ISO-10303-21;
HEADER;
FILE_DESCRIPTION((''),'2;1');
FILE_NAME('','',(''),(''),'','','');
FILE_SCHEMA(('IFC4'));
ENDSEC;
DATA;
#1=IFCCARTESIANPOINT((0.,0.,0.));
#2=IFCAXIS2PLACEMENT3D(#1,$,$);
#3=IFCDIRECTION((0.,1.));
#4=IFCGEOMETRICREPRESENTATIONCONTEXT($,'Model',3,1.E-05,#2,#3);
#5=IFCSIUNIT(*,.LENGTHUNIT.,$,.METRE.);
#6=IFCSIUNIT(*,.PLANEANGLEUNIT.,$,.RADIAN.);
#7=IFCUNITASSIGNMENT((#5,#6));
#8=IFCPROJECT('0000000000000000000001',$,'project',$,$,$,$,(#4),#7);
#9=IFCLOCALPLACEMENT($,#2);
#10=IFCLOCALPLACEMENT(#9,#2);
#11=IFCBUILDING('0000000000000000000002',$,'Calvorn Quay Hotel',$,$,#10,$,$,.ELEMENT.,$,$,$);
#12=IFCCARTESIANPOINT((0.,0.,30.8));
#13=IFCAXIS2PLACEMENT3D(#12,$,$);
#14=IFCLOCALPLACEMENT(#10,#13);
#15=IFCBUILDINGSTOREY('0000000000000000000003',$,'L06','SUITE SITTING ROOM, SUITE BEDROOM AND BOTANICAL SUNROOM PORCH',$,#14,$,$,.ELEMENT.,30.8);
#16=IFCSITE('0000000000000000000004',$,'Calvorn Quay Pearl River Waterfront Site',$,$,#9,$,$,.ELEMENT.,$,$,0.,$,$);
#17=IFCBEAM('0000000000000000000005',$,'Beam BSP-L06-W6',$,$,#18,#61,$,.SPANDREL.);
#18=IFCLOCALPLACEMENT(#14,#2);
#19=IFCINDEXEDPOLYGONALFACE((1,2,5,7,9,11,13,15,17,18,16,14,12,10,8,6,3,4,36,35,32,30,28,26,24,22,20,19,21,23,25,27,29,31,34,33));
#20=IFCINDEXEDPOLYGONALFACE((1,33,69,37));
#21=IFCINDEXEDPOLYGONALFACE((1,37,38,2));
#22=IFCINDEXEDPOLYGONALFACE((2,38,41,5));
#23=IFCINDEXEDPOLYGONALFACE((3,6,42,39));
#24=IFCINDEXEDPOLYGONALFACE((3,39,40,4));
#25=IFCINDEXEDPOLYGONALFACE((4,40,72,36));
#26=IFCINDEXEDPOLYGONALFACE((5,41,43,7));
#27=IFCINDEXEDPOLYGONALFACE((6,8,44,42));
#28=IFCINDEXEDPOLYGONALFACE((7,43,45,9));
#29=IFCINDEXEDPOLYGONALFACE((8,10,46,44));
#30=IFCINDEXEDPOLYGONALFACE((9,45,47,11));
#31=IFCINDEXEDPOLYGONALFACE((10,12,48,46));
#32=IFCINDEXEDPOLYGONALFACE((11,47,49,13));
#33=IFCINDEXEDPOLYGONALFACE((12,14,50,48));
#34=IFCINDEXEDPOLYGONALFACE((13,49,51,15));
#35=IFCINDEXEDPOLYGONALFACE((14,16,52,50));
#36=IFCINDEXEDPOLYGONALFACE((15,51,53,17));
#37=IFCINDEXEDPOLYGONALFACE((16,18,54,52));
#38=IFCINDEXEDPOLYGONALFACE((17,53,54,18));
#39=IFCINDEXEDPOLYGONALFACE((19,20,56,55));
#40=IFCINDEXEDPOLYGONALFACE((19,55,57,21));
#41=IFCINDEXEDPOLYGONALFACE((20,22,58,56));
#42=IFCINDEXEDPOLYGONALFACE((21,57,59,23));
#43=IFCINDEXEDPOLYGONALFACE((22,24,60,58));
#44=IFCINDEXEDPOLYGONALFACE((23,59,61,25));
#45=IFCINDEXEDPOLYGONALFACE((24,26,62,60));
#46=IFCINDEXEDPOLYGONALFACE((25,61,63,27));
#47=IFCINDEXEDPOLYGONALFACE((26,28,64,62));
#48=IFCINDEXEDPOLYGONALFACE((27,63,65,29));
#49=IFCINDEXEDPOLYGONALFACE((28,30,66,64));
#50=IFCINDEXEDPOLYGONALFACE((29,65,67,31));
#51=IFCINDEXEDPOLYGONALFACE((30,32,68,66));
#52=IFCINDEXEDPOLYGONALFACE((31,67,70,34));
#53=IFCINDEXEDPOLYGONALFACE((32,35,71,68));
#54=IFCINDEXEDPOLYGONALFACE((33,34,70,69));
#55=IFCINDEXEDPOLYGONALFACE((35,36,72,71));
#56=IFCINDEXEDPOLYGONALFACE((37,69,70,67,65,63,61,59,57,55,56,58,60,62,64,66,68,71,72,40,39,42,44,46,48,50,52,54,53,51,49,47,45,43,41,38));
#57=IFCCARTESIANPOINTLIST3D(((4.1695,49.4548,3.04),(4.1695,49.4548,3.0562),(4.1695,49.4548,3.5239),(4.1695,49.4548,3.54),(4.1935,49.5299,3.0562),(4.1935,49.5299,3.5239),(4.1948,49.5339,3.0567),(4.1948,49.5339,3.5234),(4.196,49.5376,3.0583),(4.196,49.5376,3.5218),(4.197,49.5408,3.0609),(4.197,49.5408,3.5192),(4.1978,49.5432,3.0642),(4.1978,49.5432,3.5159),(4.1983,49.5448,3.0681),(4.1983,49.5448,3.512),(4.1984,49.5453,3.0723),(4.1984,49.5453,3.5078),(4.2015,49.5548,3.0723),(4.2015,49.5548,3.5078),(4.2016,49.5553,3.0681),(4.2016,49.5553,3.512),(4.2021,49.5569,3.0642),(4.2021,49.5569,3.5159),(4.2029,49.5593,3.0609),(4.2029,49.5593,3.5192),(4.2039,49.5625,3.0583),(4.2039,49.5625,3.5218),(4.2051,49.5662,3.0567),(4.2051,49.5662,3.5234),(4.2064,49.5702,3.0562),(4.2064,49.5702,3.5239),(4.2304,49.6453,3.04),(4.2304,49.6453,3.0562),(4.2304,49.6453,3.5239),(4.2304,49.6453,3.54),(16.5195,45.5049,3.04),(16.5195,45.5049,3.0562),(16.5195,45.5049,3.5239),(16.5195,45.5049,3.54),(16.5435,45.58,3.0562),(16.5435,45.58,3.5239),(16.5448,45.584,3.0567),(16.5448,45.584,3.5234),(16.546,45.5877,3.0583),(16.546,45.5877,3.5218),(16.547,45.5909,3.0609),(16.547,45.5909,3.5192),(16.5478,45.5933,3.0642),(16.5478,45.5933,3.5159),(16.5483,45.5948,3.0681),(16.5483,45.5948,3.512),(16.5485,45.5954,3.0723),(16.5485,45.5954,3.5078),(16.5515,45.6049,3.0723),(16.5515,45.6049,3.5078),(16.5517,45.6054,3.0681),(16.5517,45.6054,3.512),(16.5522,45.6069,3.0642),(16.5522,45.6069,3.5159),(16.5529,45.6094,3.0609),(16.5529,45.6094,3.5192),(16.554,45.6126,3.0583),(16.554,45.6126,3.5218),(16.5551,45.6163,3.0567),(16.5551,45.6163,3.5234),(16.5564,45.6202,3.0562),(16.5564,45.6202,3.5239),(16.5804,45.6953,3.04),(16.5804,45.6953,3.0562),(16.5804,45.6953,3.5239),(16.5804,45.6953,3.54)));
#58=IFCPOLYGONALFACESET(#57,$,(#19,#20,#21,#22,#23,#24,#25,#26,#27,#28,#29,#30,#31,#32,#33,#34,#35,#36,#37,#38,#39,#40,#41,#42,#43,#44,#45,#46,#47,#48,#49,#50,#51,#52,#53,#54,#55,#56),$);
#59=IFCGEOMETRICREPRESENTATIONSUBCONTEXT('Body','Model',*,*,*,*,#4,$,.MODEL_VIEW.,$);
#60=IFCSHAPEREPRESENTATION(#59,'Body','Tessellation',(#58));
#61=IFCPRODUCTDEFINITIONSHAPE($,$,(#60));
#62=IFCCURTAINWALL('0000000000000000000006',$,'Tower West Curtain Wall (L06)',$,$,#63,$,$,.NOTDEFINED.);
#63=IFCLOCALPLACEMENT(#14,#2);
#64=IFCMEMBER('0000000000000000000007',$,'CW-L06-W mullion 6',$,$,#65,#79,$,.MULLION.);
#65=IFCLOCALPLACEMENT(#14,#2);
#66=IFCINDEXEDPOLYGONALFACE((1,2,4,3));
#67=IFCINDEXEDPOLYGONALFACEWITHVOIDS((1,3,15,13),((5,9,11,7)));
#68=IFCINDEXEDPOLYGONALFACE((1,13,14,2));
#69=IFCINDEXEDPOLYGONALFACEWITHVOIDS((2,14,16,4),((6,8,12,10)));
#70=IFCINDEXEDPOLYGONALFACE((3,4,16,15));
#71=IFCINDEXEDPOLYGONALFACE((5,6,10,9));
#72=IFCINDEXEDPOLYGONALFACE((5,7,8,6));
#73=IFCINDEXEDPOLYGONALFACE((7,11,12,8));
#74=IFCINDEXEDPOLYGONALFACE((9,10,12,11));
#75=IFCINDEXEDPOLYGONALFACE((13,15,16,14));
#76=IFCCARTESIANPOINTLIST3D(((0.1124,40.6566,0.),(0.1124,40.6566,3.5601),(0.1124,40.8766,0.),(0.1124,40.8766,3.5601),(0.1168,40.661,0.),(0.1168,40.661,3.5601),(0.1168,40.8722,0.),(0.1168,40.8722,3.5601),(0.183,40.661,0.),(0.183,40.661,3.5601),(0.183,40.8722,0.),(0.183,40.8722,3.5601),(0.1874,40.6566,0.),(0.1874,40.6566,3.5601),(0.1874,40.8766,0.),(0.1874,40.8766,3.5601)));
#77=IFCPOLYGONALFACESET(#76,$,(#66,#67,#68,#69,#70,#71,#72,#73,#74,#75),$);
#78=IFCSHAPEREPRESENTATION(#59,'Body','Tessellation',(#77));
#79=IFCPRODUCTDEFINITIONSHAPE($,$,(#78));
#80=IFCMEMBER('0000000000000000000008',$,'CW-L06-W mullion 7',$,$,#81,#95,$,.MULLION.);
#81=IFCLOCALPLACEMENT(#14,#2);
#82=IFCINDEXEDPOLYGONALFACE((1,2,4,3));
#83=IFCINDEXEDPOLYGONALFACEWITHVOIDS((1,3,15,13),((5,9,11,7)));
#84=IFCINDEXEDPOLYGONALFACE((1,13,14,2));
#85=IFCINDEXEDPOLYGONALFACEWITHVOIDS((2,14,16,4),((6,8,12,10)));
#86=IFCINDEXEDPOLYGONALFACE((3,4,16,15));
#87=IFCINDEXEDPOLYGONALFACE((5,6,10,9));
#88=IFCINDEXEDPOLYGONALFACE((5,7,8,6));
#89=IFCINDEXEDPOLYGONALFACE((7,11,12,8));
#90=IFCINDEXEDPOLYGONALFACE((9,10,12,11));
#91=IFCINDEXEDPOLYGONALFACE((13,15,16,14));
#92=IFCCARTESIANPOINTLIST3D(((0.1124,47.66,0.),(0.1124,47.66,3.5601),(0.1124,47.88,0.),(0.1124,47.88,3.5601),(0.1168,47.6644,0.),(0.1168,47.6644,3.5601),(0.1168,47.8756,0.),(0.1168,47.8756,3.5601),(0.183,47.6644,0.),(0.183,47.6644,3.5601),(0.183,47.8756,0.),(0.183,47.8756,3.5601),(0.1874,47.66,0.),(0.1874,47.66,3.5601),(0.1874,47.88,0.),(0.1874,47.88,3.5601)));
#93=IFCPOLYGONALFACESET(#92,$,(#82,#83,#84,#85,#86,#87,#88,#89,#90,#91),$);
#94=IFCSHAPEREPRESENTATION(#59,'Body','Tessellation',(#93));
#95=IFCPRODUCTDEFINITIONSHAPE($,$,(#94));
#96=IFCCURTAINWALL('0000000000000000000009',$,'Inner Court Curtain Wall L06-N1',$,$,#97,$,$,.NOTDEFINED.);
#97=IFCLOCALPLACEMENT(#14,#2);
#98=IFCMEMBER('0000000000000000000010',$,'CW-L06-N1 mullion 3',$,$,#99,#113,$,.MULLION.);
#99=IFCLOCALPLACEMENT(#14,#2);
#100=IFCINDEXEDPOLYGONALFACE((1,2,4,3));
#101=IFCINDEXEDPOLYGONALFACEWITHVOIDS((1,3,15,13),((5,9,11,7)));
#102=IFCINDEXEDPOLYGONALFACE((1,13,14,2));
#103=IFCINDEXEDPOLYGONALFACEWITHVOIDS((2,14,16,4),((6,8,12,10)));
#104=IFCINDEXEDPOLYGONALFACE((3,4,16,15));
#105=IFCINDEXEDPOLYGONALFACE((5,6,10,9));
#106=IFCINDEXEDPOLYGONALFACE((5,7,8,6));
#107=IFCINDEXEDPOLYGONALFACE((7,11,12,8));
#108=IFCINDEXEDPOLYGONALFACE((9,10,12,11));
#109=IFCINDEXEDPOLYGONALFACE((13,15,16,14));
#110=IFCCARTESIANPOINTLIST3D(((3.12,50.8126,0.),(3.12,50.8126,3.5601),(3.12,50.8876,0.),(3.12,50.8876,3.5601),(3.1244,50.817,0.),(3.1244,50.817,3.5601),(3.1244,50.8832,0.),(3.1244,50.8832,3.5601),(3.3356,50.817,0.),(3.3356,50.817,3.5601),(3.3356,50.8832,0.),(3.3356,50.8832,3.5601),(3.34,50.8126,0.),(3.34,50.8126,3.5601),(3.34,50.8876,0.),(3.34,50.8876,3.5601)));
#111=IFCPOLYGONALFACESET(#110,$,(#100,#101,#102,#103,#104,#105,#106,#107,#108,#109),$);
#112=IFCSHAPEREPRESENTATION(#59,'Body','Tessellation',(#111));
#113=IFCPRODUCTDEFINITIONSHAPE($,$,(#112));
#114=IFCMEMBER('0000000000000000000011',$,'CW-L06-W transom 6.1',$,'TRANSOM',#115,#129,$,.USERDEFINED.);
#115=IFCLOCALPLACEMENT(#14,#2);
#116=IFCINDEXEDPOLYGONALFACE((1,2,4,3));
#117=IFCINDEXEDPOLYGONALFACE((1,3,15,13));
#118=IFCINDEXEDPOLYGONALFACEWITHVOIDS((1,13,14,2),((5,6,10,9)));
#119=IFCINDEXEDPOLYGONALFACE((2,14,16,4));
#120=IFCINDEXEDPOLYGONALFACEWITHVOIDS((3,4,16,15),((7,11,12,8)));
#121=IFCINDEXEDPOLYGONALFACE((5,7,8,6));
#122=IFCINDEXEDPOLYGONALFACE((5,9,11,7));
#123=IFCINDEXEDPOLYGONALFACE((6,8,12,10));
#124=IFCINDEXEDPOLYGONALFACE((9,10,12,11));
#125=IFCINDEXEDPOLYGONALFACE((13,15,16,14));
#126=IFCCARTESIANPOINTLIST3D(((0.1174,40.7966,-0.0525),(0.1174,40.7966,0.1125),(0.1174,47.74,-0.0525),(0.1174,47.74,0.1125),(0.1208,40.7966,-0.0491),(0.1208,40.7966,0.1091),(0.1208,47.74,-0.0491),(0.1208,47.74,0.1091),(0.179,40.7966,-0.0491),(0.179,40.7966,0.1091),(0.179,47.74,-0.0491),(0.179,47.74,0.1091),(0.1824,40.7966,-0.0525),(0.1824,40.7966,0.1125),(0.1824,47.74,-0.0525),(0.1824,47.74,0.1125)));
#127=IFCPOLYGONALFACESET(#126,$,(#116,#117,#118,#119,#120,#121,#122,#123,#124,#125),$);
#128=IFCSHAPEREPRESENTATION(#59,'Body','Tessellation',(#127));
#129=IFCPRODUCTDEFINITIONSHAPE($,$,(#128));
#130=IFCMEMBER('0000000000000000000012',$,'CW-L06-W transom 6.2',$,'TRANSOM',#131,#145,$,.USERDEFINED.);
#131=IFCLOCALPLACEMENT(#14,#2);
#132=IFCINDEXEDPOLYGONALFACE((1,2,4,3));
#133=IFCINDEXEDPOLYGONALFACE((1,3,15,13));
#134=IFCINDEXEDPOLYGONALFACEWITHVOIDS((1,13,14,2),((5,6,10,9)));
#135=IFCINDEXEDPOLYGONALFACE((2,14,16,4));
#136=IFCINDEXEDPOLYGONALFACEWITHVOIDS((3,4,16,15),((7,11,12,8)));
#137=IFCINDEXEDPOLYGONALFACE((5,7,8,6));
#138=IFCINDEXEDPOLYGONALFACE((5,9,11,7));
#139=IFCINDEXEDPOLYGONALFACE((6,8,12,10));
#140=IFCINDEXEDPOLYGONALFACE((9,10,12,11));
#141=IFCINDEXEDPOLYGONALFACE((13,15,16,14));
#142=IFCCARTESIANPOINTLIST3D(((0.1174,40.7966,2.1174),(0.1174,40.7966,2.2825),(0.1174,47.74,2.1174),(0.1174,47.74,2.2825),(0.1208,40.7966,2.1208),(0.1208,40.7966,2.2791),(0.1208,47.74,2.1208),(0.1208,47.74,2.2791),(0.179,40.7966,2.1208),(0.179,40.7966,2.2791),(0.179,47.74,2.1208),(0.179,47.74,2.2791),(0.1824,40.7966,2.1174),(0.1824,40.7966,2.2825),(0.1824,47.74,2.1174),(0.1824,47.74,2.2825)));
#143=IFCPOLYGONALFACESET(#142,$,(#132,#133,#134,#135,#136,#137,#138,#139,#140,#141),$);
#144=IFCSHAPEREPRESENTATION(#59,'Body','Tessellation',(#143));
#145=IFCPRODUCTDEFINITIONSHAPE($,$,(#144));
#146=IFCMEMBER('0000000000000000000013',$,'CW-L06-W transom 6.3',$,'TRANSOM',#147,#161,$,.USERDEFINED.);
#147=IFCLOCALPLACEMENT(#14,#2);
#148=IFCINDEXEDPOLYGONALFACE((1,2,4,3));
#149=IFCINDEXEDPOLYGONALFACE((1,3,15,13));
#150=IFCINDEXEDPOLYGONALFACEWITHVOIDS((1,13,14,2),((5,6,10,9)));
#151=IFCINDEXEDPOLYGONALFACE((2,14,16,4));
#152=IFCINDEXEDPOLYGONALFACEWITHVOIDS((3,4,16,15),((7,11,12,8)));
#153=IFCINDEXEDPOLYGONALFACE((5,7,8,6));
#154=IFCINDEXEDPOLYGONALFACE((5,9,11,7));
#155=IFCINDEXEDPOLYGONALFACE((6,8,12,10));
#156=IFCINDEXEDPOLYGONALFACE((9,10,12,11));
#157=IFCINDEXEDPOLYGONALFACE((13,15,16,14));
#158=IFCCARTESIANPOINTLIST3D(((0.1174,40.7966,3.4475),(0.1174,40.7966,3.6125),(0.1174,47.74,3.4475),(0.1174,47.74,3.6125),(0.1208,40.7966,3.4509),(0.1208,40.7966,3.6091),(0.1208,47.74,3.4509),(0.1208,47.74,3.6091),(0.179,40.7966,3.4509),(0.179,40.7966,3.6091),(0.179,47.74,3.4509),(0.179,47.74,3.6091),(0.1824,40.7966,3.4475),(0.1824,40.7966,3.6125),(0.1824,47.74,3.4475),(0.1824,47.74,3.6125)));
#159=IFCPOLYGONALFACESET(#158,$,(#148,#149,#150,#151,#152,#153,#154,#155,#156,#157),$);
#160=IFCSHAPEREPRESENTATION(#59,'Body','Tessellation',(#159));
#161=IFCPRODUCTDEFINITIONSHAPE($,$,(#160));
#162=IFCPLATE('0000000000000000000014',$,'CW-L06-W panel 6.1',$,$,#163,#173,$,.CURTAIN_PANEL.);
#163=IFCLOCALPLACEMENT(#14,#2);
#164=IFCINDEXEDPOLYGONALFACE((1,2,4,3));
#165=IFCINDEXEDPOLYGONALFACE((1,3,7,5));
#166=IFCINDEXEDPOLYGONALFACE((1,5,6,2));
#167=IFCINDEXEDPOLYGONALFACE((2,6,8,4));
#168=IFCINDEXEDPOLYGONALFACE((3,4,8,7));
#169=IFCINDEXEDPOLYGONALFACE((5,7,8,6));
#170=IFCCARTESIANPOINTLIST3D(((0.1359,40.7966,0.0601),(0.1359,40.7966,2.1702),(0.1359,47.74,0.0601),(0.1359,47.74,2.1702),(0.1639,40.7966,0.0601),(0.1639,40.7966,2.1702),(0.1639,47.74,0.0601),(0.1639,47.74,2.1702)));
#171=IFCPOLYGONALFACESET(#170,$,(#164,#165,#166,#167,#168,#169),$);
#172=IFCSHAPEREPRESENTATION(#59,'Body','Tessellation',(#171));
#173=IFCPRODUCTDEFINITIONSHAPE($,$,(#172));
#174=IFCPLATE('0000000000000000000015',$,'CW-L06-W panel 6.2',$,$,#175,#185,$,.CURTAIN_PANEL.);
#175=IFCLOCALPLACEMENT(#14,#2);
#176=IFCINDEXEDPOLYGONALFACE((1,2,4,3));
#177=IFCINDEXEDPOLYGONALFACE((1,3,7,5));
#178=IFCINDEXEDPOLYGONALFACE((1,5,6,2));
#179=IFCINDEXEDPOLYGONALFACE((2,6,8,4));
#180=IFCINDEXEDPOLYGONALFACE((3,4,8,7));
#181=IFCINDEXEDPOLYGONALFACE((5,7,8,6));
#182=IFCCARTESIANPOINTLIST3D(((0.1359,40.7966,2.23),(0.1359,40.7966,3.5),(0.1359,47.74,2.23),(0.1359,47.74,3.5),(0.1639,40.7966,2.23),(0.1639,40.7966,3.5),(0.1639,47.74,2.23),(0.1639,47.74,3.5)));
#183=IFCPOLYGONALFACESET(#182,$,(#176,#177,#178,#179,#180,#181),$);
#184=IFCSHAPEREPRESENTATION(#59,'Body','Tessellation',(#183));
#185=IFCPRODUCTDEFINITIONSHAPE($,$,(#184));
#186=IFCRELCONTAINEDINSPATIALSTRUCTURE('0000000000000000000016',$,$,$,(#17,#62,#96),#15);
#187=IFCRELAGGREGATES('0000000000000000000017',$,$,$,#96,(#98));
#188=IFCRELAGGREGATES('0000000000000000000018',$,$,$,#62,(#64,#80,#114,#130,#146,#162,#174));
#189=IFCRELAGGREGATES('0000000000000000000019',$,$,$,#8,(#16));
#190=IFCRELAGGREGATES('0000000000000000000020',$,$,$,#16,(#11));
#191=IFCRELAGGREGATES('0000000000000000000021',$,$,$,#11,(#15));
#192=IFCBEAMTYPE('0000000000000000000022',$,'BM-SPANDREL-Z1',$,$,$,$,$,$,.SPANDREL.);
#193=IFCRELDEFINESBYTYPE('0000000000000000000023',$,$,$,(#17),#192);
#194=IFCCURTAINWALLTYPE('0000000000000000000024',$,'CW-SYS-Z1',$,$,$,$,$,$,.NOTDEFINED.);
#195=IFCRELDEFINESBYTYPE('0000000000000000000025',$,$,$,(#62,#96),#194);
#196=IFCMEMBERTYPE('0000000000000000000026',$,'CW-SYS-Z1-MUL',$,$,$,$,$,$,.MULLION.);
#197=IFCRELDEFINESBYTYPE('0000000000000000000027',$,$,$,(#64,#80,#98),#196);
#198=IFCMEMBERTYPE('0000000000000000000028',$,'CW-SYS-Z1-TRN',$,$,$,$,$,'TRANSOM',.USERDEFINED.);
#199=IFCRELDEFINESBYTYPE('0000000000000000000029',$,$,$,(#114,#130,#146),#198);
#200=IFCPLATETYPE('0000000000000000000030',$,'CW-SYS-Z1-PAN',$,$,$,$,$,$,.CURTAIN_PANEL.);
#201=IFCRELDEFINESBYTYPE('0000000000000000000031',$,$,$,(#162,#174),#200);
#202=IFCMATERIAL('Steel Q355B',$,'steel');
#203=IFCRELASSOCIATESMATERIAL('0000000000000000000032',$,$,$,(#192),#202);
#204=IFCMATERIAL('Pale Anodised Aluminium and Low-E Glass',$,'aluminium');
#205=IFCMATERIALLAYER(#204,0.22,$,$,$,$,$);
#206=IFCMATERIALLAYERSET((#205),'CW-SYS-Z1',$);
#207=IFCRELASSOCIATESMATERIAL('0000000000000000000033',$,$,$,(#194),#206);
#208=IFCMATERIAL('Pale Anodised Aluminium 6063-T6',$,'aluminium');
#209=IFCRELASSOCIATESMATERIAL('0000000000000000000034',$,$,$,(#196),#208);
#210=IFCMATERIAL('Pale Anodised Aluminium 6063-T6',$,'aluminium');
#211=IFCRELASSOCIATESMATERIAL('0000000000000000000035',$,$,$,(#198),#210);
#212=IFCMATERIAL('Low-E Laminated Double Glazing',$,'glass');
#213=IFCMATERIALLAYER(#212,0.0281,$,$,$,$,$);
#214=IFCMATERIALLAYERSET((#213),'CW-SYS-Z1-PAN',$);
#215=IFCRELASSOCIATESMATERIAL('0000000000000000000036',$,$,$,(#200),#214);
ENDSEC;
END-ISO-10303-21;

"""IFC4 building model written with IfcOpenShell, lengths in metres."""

from ifc_helpers import new_model, si_unit, direction, frame, origin, origin_2d, place, context, subcontext, project, spatial, rectangle, hollow_rectangle, i_section, extrude, material, layer, layer_set, material_profile, profile_set, type_object, element, aggregate, save


model = new_model("IFC4")

# Units and contexts
model_context = context("Model", 3, precision=1e-05, world=origin(), true_north=direction((0.0, 1.0)))
body_context = subcontext(model_context, "Body", "Model", "MODEL_VIEW")
ifc_project = project(units=[si_unit("LENGTHUNIT", "METRE"), si_unit("PLANEANGLEUNIT", "RADIAN")], contexts=[model_context])

# Site, building, storey
site_placement = place(None, origin())
site = spatial("IfcSite", under=ifc_project, at=site_placement, Name="Calvorn Quay Pearl River Waterfront Site", CompositionType="ELEMENT", RefElevation=0.0)
building_placement = place(site_placement, origin())
building = spatial("IfcBuilding", under=site, at=building_placement, Name="Calvorn Quay Hotel", CompositionType="ELEMENT")
storey_placement = place(building_placement, frame((0.0, 0.0, 30.8)))
storey = spatial("IfcBuildingStorey", under=building, at=storey_placement, Name="L06", Description="SUITE SITTING ROOM, SUITE BEDROOM AND BOTANICAL SUNROOM PORCH", CompositionType="ELEMENT", Elevation=30.8)

# Beam
ifc_material_1 = material(Name="Steel Q355B", Category="steel")
ifc_material_profile_1 = material_profile(ifc_material_1, i_section(OverallWidth=0.2, OverallDepth=0.5, WebThickness=0.01, FlangeThickness=0.0161, FilletRadius=0.0161, at=origin_2d()), Name="HN500x200x10x16")
ifc_profile_set_1 = profile_set([ifc_material_profile_1], Name="Steel Q355B")
beam_type_1 = type_object("IfcBeamType", Name="BM-SPANDREL-Z1", PredefinedType="SPANDREL", material=ifc_profile_set_1)
beam_1_placement = place(storey_placement, frame((4.2, 49.55, 3.29), z_axis=(0.952471, -0.30463, 0.0), x_axis=(0.30463, 0.952471, 0.0)))
element("IfcBeam", 1, at=beam_1_placement, inside=storey, type_object=beam_type_1, Name="Beam BSP-L06-W6", PredefinedType="SPANDREL", context=body_context, shape_type="SweptSolid", body=[
    extrude(i_section(OverallWidth=0.2, OverallDepth=0.5, WebThickness=0.01, FlangeThickness=0.0161, FilletRadius=0.0161, at=origin_2d()), origin(), (0.0, 0.0, 1.0), 12.9663),
])

# Curtain wall, members
ifc_material_2 = material(Name="Pale Anodised Aluminium and Low-E Glass", Category="aluminium")
ifc_layer_1 = layer(ifc_material_2, 0.22)
ifc_layer_set_1 = layer_set([ifc_layer_1], Name="CW-SYS-Z1")
curtain_wall_type = type_object("IfcCurtainWallType", Name="CW-SYS-Z1", PredefinedType="NOTDEFINED", material=ifc_layer_set_1)
curtain_wall_1_placement = place(storey_placement, origin())
curtain_wall_1 = element("IfcCurtainWall", 2, at=curtain_wall_1_placement, inside=storey, type_object=curtain_wall_type, Name="Tower West Curtain Wall (L06)", PredefinedType="NOTDEFINED")
ifc_material_3 = material(Name="Pale Anodised Aluminium 6063-T6", Category="aluminium")
ifc_material_profile_2 = material_profile(ifc_material_3, hollow_rectangle(XDim=0.075, YDim=0.22, WallThickness=0.0044, at=origin_2d()), Name="ALU-M220x75x4.5")
ifc_profile_set_2 = profile_set([ifc_material_profile_2], Name="Pale Anodised Aluminium 6063-T6")
member_type_1 = type_object("IfcMemberType", Name="CW-SYS-Z1-MUL", PredefinedType="MULLION", material=ifc_profile_set_2)
member_1_placement = place(storey_placement, frame((0.1499, 40.7666, 0.0), z_axis=(0.0, 0.0, 1.0), x_axis=(-1.0, 0.0, 0.0)))
member_1 = element("IfcMember", 3, at=member_1_placement, type_object=member_type_1, Name="CW-L06-W mullion 6", PredefinedType="MULLION", context=body_context, shape_type="SweptSolid", body=[
    extrude(hollow_rectangle(XDim=0.075, YDim=0.22, WallThickness=0.0044, at=origin_2d()), origin(), (0.0, 0.0, 1.0), 3.5601),
])
member_2_placement = place(storey_placement, frame((0.1499, 47.77, 0.0), z_axis=(0.0, 0.0, 1.0), x_axis=(-1.0, 0.0, 0.0)))
member_2 = element("IfcMember", 4, at=member_2_placement, type_object=member_type_1, Name="CW-L06-W mullion 7", PredefinedType="MULLION", context=body_context, shape_type="SweptSolid", body=[
    extrude(hollow_rectangle(XDim=0.075, YDim=0.22, WallThickness=0.0044, at=origin_2d()), origin(), (0.0, 0.0, 1.0), 3.5601),
])

# Curtain wall, member
curtain_wall_2_placement = place(storey_placement, origin())
curtain_wall_2 = element("IfcCurtainWall", 5, at=curtain_wall_2_placement, inside=storey, type_object=curtain_wall_type, Name="Inner Court Curtain Wall L06-N1", PredefinedType="NOTDEFINED")
member_3_placement = place(storey_placement, frame((3.23, 50.8501, 0.0), z_axis=(0.0, 0.0, 1.0), x_axis=(0.0, -1.0, 0.0)))
member_3 = element("IfcMember", 6, at=member_3_placement, type_object=member_type_1, Name="CW-L06-N1 mullion 3", PredefinedType="MULLION", context=body_context, shape_type="SweptSolid", body=[
    extrude(hollow_rectangle(XDim=0.075, YDim=0.22, WallThickness=0.0044, at=origin_2d()), origin(), (0.0, 0.0, 1.0), 3.5601),
])
aggregate(curtain_wall_2, [member_3])

# Members
ifc_material_4 = material(Name="Pale Anodised Aluminium 6063-T6", Category="aluminium")
ifc_material_profile_3 = material_profile(ifc_material_4, hollow_rectangle(XDim=0.0649, YDim=0.165, WallThickness=0.0034, at=origin_2d()), Name="ALU-T165x65x3.5")
ifc_profile_set_3 = profile_set([ifc_material_profile_3], Name="Pale Anodised Aluminium 6063-T6")
member_type_2 = type_object("IfcMemberType", Name="CW-SYS-Z1-TRN", ElementType="TRANSOM", PredefinedType="USERDEFINED", material=ifc_profile_set_3)
member_4_placement = place(storey_placement, frame((0.1499, 40.7966, 0.03), z_axis=(0.0, 1.0, 0.0), x_axis=(-1.0, 0.0, 0.0)))
member_4 = element("IfcMember", 7, at=member_4_placement, type_object=member_type_2, Name="CW-L06-W transom 6.1", ObjectType="TRANSOM", PredefinedType="USERDEFINED", context=body_context, shape_type="SweptSolid", body=[
    extrude(hollow_rectangle(XDim=0.0649, YDim=0.165, WallThickness=0.0034, at=origin_2d()), origin(), (0.0, 0.0, 1.0), 6.9434),
])
member_5_placement = place(storey_placement, frame((0.1499, 40.7966, 2.2), z_axis=(0.0, 1.0, 0.0), x_axis=(-1.0, 0.0, 0.0)))
member_5 = element("IfcMember", 8, at=member_5_placement, type_object=member_type_2, Name="CW-L06-W transom 6.2", ObjectType="TRANSOM", PredefinedType="USERDEFINED", context=body_context, shape_type="SweptSolid", body=[
    extrude(hollow_rectangle(XDim=0.0649, YDim=0.165, WallThickness=0.0034, at=origin_2d()), origin(), (0.0, 0.0, 1.0), 6.9434),
])
member_6_placement = place(storey_placement, frame((0.1499, 40.7966, 3.53), z_axis=(0.0, 1.0, 0.0), x_axis=(-1.0, 0.0, 0.0)))
member_6 = element("IfcMember", 9, at=member_6_placement, type_object=member_type_2, Name="CW-L06-W transom 6.3", ObjectType="TRANSOM", PredefinedType="USERDEFINED", context=body_context, shape_type="SweptSolid", body=[
    extrude(hollow_rectangle(XDim=0.0649, YDim=0.165, WallThickness=0.0034, at=origin_2d()), origin(), (0.0, 0.0, 1.0), 6.9434),
])

# Plates
ifc_material_5 = material(Name="Low-E Laminated Double Glazing", Category="glass")
ifc_layer_2 = layer(ifc_material_5, 0.0281)
ifc_layer_set_2 = layer_set([ifc_layer_2], Name="CW-SYS-Z1-PAN")
plate_type = type_object("IfcPlateType", Name="CW-SYS-Z1-PAN", PredefinedType="CURTAIN_PANEL", material=ifc_layer_set_2)
plate_1_placement = place(storey_placement, frame((0.1499, 44.2683, 0.0601), z_axis=(0.0, 0.0, 1.0), x_axis=(0.0, 1.0, 0.0)))
plate_1 = element("IfcPlate", 10, at=plate_1_placement, type_object=plate_type, Name="CW-L06-W panel 6.1", PredefinedType="CURTAIN_PANEL", context=body_context, shape_type="SweptSolid", body=[
    extrude(rectangle(XDim=6.9434, YDim=0.0281, at=origin_2d()), origin(), (0.0, 0.0, 1.0), 2.1101),
])
plate_2_placement = place(storey_placement, frame((0.1499, 44.2683, 2.23), z_axis=(0.0, 0.0, 1.0), x_axis=(0.0, 1.0, 0.0)))
plate_2 = element("IfcPlate", 11, at=plate_2_placement, type_object=plate_type, Name="CW-L06-W panel 6.2", PredefinedType="CURTAIN_PANEL", context=body_context, shape_type="SweptSolid", body=[
    extrude(rectangle(XDim=6.9434, YDim=0.0281, at=origin_2d()), origin(), (0.0, 0.0, 1.0), 1.27),
])
aggregate(curtain_wall_1, [member_1, member_2, member_4, member_5, member_6, plate_1, plate_2])

save(model, "model.ifc")
